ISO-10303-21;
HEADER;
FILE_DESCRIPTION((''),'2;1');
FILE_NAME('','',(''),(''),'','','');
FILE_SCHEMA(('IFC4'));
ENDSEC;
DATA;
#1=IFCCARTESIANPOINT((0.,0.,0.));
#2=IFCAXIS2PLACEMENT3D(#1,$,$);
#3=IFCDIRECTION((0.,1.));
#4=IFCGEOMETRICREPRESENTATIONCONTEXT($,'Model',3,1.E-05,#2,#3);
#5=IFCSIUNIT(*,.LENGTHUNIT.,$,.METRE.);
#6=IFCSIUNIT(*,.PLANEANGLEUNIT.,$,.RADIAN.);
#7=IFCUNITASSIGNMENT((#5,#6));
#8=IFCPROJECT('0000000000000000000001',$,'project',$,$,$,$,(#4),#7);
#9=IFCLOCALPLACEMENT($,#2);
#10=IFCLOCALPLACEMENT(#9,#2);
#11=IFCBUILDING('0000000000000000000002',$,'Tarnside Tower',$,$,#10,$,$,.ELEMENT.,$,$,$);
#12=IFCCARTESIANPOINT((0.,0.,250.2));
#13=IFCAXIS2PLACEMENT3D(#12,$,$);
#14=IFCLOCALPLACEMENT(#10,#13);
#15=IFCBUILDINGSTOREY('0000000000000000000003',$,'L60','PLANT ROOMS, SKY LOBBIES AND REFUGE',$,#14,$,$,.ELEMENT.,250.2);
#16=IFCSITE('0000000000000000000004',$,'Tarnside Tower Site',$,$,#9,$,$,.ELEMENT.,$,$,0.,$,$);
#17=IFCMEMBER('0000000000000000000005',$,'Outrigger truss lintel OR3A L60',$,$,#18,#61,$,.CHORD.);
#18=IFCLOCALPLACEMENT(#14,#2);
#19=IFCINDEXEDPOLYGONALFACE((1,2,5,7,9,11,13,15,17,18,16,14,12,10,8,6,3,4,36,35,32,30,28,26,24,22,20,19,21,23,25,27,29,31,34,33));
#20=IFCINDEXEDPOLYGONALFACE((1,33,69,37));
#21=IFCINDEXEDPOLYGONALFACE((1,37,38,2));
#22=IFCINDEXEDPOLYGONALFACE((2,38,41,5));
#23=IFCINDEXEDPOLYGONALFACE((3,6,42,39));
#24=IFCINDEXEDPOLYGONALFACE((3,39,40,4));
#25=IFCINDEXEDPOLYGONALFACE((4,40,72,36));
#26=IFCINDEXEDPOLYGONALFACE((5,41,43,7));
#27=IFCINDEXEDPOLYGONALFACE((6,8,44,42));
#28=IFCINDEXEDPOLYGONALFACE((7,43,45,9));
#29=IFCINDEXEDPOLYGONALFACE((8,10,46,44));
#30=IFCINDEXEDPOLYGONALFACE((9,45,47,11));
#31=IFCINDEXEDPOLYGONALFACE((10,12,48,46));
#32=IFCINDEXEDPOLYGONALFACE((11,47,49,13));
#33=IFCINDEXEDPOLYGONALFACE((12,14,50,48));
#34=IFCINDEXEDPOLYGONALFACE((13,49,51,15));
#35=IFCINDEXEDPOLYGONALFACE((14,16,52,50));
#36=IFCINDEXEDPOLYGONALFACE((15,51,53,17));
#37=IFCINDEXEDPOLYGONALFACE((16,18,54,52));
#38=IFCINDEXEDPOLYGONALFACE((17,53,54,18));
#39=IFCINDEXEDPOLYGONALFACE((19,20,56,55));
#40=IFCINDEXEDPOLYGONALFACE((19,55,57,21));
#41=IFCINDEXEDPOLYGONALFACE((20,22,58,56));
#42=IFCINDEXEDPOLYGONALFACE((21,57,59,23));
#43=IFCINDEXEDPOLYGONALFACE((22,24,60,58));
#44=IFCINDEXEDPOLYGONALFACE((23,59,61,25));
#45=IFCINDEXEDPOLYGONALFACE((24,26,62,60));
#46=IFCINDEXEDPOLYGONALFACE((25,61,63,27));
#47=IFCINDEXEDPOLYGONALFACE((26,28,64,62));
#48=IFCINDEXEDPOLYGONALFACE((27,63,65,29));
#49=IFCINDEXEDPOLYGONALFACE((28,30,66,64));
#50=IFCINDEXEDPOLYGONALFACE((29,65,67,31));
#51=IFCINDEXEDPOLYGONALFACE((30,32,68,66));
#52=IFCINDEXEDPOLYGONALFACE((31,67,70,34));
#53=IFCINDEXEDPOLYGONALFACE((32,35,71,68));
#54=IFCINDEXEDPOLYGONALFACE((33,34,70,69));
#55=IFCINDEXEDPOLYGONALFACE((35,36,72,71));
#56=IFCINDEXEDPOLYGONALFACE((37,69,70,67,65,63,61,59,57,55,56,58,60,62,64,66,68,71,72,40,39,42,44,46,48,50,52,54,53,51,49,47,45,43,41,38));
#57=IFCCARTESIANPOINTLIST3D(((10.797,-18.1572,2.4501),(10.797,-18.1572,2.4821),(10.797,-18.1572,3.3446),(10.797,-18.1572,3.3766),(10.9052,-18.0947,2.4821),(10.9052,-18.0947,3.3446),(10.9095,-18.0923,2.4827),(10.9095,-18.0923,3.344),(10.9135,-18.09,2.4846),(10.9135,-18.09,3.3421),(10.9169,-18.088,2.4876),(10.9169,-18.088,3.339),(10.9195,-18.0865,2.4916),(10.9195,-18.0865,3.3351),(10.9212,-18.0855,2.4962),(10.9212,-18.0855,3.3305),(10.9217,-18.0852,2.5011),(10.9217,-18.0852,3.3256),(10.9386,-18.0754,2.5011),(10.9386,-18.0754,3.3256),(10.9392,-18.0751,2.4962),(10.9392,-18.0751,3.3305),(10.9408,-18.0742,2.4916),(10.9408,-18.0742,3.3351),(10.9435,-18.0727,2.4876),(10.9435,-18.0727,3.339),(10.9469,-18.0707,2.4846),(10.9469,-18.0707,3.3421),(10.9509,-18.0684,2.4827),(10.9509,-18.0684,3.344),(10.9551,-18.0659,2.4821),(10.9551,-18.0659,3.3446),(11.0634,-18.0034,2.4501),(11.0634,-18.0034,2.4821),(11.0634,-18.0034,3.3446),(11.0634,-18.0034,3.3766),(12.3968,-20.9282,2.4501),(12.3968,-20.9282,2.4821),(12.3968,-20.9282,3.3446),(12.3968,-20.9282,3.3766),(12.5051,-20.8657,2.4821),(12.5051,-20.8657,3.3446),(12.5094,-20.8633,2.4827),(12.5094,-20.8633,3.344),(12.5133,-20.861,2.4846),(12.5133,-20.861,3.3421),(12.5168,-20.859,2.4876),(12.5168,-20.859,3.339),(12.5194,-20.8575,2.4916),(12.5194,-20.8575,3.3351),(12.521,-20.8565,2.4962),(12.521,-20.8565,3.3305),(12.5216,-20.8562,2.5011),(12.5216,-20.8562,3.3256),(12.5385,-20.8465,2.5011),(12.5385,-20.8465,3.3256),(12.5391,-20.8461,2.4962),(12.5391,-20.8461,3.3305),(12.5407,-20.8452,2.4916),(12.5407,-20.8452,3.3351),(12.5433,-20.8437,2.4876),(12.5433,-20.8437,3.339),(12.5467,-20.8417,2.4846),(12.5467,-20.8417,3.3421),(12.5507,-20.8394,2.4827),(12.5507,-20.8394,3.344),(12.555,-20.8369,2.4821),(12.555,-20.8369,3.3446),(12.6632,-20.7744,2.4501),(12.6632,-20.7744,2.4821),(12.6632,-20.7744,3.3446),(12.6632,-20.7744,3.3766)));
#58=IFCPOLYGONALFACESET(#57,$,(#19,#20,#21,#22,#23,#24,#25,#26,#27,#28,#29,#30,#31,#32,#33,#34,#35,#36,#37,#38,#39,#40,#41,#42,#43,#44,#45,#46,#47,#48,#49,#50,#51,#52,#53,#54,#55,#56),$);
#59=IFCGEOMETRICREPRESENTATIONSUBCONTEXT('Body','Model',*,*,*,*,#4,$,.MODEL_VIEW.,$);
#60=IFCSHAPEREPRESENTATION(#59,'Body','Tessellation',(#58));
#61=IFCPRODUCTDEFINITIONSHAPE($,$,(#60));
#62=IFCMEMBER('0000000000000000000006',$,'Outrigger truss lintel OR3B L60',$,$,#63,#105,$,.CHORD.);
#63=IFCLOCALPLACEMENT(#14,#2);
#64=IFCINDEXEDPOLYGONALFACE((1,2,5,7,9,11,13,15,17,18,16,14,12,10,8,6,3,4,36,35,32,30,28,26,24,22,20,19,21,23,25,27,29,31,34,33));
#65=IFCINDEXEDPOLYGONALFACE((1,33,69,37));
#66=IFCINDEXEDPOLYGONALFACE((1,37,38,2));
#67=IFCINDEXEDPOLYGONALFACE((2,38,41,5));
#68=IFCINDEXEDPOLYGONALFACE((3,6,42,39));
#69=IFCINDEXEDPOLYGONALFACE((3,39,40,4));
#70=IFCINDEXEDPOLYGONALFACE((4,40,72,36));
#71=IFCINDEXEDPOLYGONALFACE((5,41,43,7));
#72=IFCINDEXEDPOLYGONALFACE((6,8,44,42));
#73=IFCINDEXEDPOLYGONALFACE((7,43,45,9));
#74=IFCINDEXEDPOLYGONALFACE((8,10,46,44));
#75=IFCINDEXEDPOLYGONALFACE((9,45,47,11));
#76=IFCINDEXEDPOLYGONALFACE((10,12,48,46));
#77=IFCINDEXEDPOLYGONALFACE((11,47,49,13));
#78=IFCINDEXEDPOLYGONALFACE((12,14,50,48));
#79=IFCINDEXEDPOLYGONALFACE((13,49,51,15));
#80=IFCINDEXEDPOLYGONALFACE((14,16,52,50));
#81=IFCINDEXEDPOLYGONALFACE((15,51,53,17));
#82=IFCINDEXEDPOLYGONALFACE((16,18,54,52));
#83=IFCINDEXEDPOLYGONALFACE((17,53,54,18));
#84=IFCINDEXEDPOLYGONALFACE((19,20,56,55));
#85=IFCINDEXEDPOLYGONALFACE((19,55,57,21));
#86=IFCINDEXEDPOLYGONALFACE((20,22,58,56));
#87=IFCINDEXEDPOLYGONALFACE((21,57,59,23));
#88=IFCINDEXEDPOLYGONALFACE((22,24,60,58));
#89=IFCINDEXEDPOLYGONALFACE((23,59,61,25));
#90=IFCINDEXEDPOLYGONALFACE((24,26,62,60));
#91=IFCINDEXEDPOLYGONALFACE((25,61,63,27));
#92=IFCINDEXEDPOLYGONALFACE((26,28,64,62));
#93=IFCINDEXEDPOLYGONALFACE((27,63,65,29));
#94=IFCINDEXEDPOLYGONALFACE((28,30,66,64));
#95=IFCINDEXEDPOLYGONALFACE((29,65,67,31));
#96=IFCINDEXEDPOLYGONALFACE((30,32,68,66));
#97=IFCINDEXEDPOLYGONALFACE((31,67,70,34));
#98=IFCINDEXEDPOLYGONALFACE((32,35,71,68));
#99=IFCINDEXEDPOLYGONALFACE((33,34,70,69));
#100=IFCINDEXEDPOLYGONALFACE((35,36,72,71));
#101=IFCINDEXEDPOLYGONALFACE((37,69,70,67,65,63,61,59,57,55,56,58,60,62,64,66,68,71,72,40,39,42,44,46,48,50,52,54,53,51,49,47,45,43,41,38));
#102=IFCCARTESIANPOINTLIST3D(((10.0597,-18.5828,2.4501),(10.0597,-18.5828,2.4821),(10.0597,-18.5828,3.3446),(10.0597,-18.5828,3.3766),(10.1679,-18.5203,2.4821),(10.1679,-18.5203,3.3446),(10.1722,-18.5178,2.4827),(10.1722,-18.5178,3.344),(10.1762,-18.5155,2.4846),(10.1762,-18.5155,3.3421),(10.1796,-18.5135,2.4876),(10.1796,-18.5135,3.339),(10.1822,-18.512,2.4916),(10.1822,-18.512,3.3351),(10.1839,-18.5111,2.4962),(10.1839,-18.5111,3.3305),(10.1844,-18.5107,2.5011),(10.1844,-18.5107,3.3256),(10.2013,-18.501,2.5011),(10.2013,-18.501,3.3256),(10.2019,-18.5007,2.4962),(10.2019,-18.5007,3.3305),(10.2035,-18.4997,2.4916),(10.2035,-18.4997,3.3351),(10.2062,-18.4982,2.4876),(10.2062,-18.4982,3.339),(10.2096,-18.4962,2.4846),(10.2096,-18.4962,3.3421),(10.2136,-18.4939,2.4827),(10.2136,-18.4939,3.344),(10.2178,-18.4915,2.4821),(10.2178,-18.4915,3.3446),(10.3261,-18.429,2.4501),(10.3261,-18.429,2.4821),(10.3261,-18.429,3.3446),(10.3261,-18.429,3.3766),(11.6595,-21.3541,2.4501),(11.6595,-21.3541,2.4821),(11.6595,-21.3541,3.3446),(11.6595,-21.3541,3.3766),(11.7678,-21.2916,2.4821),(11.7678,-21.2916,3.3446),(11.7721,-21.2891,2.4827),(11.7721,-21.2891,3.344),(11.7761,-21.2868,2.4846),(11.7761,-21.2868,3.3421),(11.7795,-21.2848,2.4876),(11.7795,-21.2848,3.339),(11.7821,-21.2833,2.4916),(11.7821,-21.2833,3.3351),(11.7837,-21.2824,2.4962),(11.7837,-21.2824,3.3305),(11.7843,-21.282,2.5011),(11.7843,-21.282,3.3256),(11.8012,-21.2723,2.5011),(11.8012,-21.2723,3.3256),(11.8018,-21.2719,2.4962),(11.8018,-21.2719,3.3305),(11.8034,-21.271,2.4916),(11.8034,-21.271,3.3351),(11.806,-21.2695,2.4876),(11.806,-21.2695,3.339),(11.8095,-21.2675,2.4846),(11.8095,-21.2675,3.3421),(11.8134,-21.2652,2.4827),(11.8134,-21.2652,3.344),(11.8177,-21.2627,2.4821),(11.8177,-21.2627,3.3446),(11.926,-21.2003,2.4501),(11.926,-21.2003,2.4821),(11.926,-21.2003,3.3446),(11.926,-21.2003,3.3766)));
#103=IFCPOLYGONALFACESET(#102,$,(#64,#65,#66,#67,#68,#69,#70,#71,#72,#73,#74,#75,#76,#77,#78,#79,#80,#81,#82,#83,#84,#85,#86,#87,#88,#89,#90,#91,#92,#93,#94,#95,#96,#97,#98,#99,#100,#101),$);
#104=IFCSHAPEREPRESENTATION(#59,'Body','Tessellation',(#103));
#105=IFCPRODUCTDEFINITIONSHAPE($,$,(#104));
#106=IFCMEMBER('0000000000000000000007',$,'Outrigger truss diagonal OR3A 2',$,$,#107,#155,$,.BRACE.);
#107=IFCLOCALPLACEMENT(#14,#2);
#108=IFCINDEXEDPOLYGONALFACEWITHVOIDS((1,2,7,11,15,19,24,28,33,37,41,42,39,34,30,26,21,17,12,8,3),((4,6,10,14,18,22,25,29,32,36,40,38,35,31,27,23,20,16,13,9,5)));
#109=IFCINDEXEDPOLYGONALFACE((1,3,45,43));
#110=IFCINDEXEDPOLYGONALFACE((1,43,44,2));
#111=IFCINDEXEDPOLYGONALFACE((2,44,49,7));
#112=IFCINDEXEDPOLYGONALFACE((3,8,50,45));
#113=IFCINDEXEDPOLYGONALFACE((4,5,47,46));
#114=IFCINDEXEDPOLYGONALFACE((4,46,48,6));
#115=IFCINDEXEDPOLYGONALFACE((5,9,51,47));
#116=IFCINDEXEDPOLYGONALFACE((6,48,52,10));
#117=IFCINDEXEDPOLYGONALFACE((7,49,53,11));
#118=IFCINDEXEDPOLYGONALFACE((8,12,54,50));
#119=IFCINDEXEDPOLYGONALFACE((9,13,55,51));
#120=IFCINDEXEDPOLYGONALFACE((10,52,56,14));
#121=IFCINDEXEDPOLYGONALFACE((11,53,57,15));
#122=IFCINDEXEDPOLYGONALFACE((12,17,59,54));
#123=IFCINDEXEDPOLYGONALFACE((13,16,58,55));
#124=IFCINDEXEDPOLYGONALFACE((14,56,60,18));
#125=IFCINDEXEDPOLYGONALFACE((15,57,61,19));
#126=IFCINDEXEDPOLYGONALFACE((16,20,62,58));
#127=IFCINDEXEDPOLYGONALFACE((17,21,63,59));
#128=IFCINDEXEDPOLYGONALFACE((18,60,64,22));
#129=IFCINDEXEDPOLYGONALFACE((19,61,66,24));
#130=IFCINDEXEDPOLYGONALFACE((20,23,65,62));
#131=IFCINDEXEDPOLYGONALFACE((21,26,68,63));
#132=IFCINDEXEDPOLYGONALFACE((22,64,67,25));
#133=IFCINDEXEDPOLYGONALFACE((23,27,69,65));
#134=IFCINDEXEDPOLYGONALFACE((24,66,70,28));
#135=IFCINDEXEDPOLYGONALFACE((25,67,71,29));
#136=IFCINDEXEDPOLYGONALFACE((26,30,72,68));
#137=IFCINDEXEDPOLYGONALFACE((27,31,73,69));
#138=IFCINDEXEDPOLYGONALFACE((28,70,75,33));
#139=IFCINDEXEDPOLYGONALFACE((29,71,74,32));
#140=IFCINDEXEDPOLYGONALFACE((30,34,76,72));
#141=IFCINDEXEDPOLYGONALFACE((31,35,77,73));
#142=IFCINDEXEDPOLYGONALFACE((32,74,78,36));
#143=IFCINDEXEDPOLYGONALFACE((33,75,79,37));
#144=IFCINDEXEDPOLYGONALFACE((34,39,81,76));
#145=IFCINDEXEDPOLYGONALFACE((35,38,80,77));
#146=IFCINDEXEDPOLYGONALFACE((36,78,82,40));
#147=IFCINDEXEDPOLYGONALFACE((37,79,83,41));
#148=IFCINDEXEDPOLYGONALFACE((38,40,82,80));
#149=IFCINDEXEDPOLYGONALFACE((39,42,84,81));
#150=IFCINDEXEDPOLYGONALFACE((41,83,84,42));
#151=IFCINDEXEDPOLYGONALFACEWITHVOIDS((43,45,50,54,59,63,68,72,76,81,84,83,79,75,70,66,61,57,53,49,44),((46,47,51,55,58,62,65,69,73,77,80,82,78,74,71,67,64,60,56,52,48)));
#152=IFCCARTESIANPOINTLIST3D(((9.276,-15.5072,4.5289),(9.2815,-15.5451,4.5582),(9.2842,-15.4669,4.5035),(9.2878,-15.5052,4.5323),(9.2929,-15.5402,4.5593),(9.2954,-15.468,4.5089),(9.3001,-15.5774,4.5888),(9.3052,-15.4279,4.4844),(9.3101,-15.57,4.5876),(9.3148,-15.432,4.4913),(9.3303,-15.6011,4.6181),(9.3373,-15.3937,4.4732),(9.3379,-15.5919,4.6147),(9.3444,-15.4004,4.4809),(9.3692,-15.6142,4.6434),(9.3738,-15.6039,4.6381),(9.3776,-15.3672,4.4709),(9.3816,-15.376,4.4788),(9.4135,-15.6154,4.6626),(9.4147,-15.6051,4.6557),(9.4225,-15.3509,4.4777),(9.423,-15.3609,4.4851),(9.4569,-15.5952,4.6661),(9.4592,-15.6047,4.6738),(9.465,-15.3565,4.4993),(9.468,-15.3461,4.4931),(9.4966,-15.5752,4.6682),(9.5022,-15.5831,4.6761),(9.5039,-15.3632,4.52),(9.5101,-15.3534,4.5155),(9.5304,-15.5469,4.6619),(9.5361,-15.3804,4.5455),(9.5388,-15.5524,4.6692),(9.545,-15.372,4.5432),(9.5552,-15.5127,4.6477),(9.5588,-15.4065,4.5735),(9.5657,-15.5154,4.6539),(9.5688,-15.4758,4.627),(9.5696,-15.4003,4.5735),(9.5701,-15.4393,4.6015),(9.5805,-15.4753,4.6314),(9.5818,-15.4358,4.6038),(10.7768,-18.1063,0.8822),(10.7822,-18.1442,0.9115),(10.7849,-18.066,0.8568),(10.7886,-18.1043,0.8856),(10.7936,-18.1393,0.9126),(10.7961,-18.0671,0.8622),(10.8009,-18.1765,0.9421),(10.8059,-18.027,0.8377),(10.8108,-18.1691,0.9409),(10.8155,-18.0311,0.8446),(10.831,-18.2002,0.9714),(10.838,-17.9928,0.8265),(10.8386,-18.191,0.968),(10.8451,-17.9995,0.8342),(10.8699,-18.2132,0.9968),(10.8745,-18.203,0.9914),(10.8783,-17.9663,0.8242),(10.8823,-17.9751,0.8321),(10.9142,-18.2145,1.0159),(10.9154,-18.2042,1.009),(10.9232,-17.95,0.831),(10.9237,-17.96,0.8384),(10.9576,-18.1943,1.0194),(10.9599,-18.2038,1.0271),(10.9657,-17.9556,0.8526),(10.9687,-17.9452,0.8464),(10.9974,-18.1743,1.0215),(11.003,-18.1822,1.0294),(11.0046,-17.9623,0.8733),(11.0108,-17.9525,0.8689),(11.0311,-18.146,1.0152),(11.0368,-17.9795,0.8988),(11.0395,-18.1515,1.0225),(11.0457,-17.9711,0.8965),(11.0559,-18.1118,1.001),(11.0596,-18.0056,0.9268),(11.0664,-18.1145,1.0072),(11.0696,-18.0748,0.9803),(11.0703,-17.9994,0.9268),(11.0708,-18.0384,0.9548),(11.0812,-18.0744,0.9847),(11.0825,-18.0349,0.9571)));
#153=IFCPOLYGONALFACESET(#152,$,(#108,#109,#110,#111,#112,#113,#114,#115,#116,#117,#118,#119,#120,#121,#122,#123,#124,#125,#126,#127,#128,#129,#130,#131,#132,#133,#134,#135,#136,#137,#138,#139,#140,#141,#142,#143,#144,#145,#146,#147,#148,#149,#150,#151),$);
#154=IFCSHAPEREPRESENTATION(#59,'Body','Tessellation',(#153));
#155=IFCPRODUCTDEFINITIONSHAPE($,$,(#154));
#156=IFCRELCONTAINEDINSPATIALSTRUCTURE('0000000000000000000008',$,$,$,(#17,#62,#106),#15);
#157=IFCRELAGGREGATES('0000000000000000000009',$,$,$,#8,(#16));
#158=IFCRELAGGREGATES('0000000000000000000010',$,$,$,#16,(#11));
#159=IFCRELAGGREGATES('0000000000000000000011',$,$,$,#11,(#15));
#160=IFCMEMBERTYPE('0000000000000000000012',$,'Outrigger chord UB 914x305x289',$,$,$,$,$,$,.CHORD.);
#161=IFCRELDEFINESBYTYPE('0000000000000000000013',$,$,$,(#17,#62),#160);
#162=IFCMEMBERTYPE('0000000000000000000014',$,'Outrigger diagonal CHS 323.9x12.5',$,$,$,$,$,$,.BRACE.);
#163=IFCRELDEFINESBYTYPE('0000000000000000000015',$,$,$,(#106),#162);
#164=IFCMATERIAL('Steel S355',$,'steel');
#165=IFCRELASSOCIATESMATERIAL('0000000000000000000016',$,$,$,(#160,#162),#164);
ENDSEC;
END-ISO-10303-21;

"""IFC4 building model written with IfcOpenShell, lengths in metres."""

from ifc_helpers import new_model, si_unit, direction, frame, origin, origin_2d, place, context, subcontext, project, spatial, hollow_circle, i_section, extrude, material, material_profile, profile_set, type_object, element, save


model = new_model("IFC4")

# Units and contexts
model_context = context("Model", 3, precision=1e-05, world=origin(), true_north=direction((0.0, 1.0)))
body_context = subcontext(model_context, "Body", "Model", "MODEL_VIEW")
ifc_project = project(units=[si_unit("LENGTHUNIT", "METRE"), si_unit("PLANEANGLEUNIT", "RADIAN")], contexts=[model_context])

# Site, building, storey
site_placement = place(None, origin())
site = spatial("IfcSite", under=ifc_project, at=site_placement, Name="Tarnside Tower Site", CompositionType="ELEMENT", RefElevation=0.0)
building_placement = place(site_placement, origin())
building = spatial("IfcBuilding", under=site, at=building_placement, Name="Tarnside Tower", CompositionType="ELEMENT")
storey_placement = place(building_placement, frame((0.0, 0.0, 250.2)))
storey = spatial("IfcBuildingStorey", under=building, at=storey_placement, Name="L60", Description="PLANT ROOMS, SKY LOBBIES AND REFUGE", CompositionType="ELEMENT", Elevation=250.2)

# Members
ifc_material = material(Name="Steel S355", Category="steel")
ifc_material_profile_1 = material_profile(ifc_material, i_section(OverallWidth=0.3076, OverallDepth=0.9265, WebThickness=0.0195, FlangeThickness=0.032, FilletRadius=0.019, at=origin_2d()), Name="UB 914x305x289")
ifc_profile_set_1 = profile_set([ifc_material_profile_1], Name="Steel S355")
member_type_1 = type_object("IfcMemberType", Name="Outrigger chord UB 914x305x289", PredefinedType="CHORD", material=ifc_profile_set_1)
member_1_placement = place(storey_placement, frame((10.9302, -18.0803, 2.9133), z_axis=(0.500004, -0.866023, 0.0), x_axis=(0.866023, 0.500004, 0.0)))
element("IfcMember", 1, at=member_1_placement, inside=storey, type_object=member_type_1, Name="Outrigger truss lintel OR3A L60", PredefinedType="CHORD", context=body_context, shape_type="SweptSolid", body=[
    extrude(i_section(OverallWidth=0.3076, OverallDepth=0.9265, WebThickness=0.0195, FlangeThickness=0.032, FilletRadius=0.019, at=origin_2d()), origin(), (0.0, 0.0, 1.0), 3.1997),
])
member_2_placement = place(storey_placement, frame((10.1929, -18.5059, 2.9133), z_axis=(0.499971, -0.866042, 0.0), x_axis=(0.866042, 0.499971, 0.0)))
element("IfcMember", 2, at=member_2_placement, inside=storey, type_object=member_type_1, Name="Outrigger truss lintel OR3B L60", PredefinedType="CHORD", context=body_context, shape_type="SweptSolid", body=[
    extrude(i_section(OverallWidth=0.3076, OverallDepth=0.9265, WebThickness=0.0195, FlangeThickness=0.032, FilletRadius=0.019, at=origin_2d()), origin(), (0.0, 0.0, 1.0), 3.2),
])
ifc_material_profile_2 = material_profile(ifc_material, hollow_circle(Radius=0.1619, WallThickness=0.0125, at=origin_2d()), Name="CHS 323.9x12.5")
ifc_profile_set_2 = profile_set([ifc_material_profile_2], Name="Steel S355")
member_type_2 = type_object("IfcMemberType", Name="Outrigger diagonal CHS 323.9x12.5", PredefinedType="BRACE", material=ifc_profile_set_2)
member_3_placement = place(storey_placement, frame((9.4294, -15.4812, 4.5735), z_axis=(0.317753, -0.550317, -0.772129), x_axis=(0.866007, 0.500032, 0.0)))
element("IfcMember", 3, at=member_3_placement, inside=storey, type_object=member_type_2, Name="Outrigger truss diagonal OR3A 2", PredefinedType="BRACE", context=body_context, shape_type="SweptSolid", body=[
    extrude(hollow_circle(Radius=0.1619, WallThickness=0.0125, at=origin_2d()), origin(), (0.0, 0.0, 1.0), 4.7229),
])

save(model, "model.ifc")
